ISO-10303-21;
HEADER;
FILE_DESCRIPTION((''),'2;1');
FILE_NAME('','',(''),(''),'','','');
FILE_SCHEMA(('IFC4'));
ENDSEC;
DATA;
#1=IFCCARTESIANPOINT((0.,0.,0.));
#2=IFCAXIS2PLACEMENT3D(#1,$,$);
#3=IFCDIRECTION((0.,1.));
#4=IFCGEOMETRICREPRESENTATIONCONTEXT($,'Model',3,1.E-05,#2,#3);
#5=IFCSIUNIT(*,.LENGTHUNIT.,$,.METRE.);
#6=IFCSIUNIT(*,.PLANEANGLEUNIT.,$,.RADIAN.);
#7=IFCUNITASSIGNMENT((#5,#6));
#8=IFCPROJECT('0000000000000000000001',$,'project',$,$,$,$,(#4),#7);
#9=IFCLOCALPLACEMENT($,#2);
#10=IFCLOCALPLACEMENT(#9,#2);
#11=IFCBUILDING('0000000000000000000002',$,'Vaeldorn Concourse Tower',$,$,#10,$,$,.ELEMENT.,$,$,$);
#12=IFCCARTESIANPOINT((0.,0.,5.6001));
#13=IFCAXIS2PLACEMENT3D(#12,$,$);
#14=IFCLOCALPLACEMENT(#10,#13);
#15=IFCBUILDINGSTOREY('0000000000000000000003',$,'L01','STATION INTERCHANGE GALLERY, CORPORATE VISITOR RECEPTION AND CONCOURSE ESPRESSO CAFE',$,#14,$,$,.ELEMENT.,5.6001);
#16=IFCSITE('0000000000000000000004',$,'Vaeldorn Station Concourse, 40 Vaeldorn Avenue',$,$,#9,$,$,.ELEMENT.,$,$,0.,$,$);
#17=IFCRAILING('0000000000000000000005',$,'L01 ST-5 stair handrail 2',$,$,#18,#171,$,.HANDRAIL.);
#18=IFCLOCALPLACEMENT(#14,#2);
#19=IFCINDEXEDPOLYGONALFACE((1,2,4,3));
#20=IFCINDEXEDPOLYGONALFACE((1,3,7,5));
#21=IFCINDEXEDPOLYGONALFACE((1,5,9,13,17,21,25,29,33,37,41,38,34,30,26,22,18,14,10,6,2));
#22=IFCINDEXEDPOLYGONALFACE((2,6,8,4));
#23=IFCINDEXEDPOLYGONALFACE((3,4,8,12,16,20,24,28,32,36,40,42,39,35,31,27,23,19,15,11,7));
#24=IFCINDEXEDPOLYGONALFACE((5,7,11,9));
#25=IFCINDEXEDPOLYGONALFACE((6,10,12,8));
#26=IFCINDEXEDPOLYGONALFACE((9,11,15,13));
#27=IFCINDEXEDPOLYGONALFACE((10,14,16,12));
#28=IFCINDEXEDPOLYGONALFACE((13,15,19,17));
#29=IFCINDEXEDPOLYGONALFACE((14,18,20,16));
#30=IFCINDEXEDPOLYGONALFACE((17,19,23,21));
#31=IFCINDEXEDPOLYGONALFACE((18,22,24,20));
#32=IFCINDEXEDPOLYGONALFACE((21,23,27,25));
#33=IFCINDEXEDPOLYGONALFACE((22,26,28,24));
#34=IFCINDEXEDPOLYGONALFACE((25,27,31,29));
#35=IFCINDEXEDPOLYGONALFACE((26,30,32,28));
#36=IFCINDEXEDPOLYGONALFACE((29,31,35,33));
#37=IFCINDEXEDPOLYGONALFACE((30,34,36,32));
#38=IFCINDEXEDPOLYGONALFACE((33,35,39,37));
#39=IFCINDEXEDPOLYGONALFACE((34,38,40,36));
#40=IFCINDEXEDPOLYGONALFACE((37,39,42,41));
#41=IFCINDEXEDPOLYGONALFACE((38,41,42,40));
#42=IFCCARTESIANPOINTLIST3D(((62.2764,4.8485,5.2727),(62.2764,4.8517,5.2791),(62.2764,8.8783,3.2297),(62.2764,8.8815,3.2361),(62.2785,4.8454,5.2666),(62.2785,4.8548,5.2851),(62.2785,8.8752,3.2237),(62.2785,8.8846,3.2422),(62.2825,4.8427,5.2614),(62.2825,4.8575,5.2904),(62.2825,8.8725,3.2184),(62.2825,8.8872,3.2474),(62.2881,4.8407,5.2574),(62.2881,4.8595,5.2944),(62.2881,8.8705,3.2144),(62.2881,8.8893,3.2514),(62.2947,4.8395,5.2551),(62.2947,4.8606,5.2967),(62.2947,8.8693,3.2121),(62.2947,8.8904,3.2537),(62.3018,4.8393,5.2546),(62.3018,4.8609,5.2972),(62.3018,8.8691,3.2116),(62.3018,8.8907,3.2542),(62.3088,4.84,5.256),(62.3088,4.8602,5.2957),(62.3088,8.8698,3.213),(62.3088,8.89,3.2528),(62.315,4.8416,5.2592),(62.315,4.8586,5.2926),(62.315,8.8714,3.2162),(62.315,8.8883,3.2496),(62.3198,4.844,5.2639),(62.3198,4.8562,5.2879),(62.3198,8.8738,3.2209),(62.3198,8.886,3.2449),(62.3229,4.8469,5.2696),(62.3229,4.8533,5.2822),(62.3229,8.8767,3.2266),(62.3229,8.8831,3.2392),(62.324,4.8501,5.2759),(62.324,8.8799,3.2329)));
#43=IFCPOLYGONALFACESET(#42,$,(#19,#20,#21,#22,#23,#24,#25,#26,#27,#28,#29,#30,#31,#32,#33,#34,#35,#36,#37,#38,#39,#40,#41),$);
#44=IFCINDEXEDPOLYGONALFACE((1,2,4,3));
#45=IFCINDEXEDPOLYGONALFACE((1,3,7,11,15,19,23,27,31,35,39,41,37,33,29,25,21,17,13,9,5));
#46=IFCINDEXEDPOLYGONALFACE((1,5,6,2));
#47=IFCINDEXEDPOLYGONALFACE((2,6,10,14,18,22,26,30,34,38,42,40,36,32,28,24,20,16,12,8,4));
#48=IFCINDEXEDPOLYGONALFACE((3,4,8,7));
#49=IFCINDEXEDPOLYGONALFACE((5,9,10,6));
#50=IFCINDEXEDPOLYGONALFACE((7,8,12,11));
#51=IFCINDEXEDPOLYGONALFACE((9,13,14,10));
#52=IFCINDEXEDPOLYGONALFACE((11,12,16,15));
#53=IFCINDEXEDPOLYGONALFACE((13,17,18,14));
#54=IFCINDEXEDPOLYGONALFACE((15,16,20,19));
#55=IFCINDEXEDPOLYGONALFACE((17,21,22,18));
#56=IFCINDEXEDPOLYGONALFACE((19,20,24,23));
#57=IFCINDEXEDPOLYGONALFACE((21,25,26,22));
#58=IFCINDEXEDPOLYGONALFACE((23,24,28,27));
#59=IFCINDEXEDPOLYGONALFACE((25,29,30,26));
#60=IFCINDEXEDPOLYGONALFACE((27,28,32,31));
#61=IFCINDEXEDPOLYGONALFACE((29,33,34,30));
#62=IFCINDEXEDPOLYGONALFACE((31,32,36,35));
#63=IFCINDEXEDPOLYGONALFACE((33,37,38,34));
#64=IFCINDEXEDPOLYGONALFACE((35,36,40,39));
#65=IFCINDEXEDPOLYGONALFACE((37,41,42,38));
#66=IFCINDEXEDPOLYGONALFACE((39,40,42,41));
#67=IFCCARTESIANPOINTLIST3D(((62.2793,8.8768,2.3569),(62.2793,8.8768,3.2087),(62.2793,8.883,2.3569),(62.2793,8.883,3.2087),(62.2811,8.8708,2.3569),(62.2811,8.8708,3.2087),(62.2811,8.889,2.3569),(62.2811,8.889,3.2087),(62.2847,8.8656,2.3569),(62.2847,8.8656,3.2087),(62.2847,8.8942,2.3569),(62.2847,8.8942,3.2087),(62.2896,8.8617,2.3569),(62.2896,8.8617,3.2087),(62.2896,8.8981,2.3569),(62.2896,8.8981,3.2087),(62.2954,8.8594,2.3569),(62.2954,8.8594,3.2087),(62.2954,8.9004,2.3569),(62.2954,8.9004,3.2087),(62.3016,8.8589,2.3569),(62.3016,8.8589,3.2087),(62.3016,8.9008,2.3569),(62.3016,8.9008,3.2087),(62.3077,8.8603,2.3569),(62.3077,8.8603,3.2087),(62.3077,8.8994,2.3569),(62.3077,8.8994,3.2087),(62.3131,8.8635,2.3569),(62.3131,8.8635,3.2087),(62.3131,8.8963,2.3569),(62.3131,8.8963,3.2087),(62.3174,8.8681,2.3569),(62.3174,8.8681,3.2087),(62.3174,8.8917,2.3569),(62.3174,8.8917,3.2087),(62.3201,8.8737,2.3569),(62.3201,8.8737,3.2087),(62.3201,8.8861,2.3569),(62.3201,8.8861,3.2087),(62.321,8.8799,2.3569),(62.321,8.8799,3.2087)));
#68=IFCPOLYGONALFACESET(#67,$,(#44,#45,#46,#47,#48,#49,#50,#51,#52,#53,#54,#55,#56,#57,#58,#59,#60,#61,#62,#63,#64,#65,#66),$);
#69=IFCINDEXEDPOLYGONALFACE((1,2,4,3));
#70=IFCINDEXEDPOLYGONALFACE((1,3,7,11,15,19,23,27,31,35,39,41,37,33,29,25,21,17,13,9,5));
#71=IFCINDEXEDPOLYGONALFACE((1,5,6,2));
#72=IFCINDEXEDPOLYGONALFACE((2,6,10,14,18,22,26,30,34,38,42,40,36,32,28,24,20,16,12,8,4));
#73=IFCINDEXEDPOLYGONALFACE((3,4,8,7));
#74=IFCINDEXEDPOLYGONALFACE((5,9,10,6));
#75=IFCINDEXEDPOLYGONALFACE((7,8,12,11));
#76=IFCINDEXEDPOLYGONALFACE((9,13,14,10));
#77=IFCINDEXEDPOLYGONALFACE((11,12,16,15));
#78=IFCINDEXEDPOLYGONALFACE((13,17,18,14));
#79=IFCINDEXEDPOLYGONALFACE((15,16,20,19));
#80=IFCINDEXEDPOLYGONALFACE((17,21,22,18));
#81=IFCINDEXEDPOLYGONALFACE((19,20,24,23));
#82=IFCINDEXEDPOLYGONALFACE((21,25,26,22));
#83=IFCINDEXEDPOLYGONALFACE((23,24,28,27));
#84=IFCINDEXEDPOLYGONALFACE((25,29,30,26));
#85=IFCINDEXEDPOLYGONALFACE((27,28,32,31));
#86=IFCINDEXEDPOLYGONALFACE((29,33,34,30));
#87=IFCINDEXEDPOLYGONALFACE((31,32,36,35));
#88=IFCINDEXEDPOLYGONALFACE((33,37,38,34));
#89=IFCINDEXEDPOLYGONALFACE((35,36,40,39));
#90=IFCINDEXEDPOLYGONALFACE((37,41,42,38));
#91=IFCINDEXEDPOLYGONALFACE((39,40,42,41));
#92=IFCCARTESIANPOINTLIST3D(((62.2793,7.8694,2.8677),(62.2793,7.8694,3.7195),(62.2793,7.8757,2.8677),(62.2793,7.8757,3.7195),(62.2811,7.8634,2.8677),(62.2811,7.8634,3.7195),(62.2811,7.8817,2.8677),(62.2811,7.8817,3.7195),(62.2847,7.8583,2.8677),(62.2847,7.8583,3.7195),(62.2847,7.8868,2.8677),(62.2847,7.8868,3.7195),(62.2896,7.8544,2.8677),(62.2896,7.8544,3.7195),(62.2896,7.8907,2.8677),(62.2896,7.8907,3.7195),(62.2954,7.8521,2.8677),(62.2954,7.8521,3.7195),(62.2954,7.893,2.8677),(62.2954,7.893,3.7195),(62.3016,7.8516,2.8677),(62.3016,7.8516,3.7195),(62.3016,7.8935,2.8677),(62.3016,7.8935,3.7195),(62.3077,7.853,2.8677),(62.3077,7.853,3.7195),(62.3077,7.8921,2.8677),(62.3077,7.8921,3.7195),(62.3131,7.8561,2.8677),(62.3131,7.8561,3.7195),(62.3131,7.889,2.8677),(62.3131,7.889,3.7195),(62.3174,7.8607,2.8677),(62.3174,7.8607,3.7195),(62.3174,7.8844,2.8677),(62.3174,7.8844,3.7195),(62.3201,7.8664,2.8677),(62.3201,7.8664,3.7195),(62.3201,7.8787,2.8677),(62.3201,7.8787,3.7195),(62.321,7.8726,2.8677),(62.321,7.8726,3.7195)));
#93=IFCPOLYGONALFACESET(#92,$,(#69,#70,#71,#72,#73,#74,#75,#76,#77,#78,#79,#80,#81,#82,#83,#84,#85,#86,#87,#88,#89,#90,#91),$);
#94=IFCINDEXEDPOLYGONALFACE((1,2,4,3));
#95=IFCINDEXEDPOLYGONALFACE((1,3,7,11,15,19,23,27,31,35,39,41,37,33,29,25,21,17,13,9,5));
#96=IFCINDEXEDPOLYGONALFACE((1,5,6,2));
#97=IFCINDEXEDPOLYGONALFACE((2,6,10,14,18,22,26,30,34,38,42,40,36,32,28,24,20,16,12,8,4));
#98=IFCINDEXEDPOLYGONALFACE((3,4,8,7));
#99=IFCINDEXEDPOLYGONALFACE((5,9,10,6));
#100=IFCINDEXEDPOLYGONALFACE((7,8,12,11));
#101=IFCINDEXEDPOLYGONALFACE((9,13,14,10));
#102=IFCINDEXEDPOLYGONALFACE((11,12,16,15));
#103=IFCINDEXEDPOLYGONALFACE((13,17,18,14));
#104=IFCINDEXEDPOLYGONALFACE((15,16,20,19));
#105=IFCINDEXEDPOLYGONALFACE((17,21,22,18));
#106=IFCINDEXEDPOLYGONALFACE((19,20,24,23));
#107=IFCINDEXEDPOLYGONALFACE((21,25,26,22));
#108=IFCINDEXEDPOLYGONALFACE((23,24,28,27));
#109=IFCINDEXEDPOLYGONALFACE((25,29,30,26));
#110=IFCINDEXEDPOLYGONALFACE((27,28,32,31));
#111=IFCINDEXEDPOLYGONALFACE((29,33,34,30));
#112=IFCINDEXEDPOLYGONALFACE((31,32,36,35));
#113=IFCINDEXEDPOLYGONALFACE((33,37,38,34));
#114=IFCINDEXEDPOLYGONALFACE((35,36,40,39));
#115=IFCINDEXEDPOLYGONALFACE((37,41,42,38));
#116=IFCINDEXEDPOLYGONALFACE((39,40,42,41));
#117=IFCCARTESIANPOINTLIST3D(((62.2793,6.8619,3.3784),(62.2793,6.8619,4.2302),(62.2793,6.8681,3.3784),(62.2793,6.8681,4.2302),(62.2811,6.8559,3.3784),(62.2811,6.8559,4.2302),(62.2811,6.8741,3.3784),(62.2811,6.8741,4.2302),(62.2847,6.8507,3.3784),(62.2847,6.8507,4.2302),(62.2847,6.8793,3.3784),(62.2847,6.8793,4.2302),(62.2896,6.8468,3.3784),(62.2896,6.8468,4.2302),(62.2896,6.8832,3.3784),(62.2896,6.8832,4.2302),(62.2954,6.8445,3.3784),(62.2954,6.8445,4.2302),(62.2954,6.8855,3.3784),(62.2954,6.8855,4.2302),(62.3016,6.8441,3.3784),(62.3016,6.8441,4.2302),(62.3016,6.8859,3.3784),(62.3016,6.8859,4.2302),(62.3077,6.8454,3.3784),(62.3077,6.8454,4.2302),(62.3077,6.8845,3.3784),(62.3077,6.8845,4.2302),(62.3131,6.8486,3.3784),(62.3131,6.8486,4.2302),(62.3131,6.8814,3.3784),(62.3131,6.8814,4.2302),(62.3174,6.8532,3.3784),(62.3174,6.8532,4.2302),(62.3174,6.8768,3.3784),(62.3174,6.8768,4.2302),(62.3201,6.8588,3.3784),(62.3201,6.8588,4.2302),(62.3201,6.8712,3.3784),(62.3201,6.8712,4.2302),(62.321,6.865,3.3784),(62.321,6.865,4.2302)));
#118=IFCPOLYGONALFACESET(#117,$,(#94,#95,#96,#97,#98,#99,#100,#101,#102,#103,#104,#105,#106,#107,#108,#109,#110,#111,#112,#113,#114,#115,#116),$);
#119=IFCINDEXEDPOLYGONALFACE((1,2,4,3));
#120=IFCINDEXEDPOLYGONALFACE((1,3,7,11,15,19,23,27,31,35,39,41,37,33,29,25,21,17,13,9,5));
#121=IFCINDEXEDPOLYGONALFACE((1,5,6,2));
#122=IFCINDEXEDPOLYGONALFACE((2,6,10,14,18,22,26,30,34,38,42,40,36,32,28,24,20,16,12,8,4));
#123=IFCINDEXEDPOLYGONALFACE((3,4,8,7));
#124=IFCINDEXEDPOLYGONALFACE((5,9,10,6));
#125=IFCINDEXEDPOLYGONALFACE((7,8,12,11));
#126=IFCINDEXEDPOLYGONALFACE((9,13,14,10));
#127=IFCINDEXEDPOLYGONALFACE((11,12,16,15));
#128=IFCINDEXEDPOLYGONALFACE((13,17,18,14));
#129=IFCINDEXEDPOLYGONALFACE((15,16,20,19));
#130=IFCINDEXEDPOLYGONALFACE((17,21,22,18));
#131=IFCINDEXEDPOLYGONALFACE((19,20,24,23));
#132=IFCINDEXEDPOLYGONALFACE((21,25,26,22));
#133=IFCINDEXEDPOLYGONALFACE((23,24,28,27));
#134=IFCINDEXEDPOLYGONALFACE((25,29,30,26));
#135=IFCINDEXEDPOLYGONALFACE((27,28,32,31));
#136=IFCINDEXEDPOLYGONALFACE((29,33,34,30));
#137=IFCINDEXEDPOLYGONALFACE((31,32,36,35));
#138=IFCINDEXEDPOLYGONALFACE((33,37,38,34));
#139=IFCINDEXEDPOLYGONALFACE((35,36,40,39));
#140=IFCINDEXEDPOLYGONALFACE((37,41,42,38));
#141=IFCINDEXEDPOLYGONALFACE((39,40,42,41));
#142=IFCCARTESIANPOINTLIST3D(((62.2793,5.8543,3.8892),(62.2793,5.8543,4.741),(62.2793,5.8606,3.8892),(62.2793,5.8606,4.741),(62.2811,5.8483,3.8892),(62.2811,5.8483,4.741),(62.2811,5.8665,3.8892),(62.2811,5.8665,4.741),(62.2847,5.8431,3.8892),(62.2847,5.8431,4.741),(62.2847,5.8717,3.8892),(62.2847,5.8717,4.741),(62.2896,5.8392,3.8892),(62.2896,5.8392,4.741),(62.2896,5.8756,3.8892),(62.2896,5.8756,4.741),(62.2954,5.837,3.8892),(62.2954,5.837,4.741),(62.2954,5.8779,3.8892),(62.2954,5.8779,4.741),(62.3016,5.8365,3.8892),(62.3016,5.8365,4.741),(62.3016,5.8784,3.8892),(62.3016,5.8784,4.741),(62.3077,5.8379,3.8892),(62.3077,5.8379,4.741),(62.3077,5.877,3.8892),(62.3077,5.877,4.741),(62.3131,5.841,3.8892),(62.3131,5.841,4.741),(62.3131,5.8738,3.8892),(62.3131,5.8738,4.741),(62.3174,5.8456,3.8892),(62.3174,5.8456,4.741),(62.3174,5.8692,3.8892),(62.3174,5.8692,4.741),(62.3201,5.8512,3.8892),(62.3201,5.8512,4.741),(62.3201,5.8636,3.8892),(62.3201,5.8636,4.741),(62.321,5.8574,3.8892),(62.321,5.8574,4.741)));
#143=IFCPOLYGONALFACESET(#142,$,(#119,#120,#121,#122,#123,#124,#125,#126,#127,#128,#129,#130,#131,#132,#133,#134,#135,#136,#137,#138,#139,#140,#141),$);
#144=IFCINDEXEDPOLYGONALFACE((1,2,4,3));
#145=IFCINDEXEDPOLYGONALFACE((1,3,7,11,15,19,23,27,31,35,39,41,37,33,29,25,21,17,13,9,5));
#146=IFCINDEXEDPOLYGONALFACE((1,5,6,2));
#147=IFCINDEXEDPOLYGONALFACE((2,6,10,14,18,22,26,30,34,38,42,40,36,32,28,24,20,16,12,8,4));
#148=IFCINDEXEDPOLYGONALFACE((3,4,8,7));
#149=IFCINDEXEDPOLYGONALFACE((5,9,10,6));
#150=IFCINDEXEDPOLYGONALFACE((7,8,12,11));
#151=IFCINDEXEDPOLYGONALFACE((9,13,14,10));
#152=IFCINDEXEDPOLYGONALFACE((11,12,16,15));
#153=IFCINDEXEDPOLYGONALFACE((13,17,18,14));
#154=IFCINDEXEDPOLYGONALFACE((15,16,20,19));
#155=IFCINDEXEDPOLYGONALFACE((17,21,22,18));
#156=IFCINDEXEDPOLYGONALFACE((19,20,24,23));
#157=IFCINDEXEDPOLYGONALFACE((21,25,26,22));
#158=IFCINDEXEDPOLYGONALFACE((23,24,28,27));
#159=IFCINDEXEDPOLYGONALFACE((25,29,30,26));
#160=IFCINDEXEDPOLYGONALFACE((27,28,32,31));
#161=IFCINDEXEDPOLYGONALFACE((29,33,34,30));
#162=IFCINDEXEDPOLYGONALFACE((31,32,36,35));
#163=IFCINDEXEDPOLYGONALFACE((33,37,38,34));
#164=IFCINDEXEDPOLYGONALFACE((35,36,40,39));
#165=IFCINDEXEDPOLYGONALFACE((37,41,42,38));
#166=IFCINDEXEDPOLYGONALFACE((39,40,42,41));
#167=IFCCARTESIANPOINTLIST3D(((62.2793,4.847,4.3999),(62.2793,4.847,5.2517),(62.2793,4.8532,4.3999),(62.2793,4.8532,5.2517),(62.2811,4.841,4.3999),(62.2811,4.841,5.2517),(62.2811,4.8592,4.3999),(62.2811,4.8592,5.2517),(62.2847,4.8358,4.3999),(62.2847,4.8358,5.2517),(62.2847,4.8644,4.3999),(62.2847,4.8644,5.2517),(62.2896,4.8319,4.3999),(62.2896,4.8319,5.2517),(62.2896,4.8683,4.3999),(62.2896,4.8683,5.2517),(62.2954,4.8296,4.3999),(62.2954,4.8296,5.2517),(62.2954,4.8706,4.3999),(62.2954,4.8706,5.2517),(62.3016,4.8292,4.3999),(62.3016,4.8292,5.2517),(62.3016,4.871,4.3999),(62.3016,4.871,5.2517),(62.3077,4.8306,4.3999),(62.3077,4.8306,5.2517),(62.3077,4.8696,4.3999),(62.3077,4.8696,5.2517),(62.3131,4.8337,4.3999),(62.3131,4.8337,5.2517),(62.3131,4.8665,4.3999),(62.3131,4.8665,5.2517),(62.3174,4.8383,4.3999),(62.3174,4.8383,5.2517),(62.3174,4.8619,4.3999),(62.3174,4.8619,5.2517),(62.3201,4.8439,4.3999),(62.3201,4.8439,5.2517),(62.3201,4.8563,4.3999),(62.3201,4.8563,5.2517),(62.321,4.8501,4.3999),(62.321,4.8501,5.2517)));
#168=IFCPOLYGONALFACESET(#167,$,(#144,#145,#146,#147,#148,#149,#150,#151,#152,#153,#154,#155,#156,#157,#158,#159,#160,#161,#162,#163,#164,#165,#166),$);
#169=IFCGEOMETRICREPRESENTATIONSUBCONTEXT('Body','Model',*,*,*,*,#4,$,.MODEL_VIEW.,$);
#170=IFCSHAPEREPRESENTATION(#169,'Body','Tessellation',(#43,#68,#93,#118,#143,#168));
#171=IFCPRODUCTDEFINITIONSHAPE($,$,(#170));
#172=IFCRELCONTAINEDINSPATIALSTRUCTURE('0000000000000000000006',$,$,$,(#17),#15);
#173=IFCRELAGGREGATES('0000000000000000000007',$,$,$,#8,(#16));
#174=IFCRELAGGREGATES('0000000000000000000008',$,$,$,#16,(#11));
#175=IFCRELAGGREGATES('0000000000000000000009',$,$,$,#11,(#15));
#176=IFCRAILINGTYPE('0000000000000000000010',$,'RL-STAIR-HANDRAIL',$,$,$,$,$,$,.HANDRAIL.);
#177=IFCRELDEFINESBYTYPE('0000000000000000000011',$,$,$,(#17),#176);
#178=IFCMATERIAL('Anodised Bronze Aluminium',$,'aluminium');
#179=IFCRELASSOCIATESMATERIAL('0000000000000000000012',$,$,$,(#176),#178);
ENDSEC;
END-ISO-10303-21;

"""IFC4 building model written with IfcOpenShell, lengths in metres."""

from ifc_helpers import new_model, si_unit, direction, frame, origin, origin_2d, place, context, subcontext, project, spatial, circle, extrude, material, type_object, element, save


model = new_model("IFC4")

# Units and contexts
model_context = context("Model", 3, precision=1e-05, world=origin(), true_north=direction((0.0, 1.0)))
body_context = subcontext(model_context, "Body", "Model", "MODEL_VIEW")
ifc_project = project(units=[si_unit("LENGTHUNIT", "METRE"), si_unit("PLANEANGLEUNIT", "RADIAN")], contexts=[model_context])

# Site, building, storey
site_placement = place(None, origin())
site = spatial("IfcSite", under=ifc_project, at=site_placement, Name="Vaeldorn Station Concourse, 40 Vaeldorn Avenue", CompositionType="ELEMENT", RefElevation=0.0)
building_placement = place(site_placement, origin())
building = spatial("IfcBuilding", under=site, at=building_placement, Name="Vaeldorn Concourse Tower", CompositionType="ELEMENT")
storey_placement = place(building_placement, frame((0.0, 0.0, 5.6001)))
storey = spatial("IfcBuildingStorey", under=building, at=storey_placement, Name="L01", Description="STATION INTERCHANGE GALLERY, CORPORATE VISITOR RECEPTION AND CONCOURSE ESPRESSO CAFE", CompositionType="ELEMENT", Elevation=5.6001)

# Shared definitions
ifc_material_1 = material(Name="Anodised Bronze Aluminium", Category="aluminium")

# Railing
railing_type_1 = type_object("IfcRailingType", Name="RL-STAIR-HANDRAIL", PredefinedType="HANDRAIL", material=ifc_material_1)
railing_1_placement = place(storey_placement, frame((62.3, 8.8799, 2.3569)))
element("IfcRailing", 1, at=railing_1_placement, inside=storey, type_object=railing_type_1, Name="L01 ST-5 stair handrail 2", PredefinedType="HANDRAIL", context=body_context, shape_type="SweptSolid", body=[
    extrude(circle(Radius=0.0239, at=origin_2d()), frame((0.0, 0.0, 0.876), z_axis=(0.0, -0.891928, 0.452178), x_axis=(1.0, 0.0, 0.0)), (0.0, 0.0, 1.0), 4.5181),
    extrude(circle(Radius=0.021, at=origin_2d()), origin(), (0.0, 0.0, 1.0), 0.8518),
    extrude(circle(Radius=0.021, at=origin_2d()), frame((0.0, -1.0073, 0.5107)), (0.0, 0.0, 1.0), 0.8518),
    extrude(circle(Radius=0.021, at=origin_2d()), frame((0.0, -2.0149, 1.0215)), (0.0, 0.0, 1.0), 0.8518),
    extrude(circle(Radius=0.021, at=origin_2d()), frame((0.0, -3.0225, 1.5322)), (0.0, 0.0, 1.0), 0.8518),
    extrude(circle(Radius=0.021, at=origin_2d()), frame((0.0, -4.0298, 2.043)), (0.0, 0.0, 1.0), 0.8518),
])

save(model, "model.ifc")
